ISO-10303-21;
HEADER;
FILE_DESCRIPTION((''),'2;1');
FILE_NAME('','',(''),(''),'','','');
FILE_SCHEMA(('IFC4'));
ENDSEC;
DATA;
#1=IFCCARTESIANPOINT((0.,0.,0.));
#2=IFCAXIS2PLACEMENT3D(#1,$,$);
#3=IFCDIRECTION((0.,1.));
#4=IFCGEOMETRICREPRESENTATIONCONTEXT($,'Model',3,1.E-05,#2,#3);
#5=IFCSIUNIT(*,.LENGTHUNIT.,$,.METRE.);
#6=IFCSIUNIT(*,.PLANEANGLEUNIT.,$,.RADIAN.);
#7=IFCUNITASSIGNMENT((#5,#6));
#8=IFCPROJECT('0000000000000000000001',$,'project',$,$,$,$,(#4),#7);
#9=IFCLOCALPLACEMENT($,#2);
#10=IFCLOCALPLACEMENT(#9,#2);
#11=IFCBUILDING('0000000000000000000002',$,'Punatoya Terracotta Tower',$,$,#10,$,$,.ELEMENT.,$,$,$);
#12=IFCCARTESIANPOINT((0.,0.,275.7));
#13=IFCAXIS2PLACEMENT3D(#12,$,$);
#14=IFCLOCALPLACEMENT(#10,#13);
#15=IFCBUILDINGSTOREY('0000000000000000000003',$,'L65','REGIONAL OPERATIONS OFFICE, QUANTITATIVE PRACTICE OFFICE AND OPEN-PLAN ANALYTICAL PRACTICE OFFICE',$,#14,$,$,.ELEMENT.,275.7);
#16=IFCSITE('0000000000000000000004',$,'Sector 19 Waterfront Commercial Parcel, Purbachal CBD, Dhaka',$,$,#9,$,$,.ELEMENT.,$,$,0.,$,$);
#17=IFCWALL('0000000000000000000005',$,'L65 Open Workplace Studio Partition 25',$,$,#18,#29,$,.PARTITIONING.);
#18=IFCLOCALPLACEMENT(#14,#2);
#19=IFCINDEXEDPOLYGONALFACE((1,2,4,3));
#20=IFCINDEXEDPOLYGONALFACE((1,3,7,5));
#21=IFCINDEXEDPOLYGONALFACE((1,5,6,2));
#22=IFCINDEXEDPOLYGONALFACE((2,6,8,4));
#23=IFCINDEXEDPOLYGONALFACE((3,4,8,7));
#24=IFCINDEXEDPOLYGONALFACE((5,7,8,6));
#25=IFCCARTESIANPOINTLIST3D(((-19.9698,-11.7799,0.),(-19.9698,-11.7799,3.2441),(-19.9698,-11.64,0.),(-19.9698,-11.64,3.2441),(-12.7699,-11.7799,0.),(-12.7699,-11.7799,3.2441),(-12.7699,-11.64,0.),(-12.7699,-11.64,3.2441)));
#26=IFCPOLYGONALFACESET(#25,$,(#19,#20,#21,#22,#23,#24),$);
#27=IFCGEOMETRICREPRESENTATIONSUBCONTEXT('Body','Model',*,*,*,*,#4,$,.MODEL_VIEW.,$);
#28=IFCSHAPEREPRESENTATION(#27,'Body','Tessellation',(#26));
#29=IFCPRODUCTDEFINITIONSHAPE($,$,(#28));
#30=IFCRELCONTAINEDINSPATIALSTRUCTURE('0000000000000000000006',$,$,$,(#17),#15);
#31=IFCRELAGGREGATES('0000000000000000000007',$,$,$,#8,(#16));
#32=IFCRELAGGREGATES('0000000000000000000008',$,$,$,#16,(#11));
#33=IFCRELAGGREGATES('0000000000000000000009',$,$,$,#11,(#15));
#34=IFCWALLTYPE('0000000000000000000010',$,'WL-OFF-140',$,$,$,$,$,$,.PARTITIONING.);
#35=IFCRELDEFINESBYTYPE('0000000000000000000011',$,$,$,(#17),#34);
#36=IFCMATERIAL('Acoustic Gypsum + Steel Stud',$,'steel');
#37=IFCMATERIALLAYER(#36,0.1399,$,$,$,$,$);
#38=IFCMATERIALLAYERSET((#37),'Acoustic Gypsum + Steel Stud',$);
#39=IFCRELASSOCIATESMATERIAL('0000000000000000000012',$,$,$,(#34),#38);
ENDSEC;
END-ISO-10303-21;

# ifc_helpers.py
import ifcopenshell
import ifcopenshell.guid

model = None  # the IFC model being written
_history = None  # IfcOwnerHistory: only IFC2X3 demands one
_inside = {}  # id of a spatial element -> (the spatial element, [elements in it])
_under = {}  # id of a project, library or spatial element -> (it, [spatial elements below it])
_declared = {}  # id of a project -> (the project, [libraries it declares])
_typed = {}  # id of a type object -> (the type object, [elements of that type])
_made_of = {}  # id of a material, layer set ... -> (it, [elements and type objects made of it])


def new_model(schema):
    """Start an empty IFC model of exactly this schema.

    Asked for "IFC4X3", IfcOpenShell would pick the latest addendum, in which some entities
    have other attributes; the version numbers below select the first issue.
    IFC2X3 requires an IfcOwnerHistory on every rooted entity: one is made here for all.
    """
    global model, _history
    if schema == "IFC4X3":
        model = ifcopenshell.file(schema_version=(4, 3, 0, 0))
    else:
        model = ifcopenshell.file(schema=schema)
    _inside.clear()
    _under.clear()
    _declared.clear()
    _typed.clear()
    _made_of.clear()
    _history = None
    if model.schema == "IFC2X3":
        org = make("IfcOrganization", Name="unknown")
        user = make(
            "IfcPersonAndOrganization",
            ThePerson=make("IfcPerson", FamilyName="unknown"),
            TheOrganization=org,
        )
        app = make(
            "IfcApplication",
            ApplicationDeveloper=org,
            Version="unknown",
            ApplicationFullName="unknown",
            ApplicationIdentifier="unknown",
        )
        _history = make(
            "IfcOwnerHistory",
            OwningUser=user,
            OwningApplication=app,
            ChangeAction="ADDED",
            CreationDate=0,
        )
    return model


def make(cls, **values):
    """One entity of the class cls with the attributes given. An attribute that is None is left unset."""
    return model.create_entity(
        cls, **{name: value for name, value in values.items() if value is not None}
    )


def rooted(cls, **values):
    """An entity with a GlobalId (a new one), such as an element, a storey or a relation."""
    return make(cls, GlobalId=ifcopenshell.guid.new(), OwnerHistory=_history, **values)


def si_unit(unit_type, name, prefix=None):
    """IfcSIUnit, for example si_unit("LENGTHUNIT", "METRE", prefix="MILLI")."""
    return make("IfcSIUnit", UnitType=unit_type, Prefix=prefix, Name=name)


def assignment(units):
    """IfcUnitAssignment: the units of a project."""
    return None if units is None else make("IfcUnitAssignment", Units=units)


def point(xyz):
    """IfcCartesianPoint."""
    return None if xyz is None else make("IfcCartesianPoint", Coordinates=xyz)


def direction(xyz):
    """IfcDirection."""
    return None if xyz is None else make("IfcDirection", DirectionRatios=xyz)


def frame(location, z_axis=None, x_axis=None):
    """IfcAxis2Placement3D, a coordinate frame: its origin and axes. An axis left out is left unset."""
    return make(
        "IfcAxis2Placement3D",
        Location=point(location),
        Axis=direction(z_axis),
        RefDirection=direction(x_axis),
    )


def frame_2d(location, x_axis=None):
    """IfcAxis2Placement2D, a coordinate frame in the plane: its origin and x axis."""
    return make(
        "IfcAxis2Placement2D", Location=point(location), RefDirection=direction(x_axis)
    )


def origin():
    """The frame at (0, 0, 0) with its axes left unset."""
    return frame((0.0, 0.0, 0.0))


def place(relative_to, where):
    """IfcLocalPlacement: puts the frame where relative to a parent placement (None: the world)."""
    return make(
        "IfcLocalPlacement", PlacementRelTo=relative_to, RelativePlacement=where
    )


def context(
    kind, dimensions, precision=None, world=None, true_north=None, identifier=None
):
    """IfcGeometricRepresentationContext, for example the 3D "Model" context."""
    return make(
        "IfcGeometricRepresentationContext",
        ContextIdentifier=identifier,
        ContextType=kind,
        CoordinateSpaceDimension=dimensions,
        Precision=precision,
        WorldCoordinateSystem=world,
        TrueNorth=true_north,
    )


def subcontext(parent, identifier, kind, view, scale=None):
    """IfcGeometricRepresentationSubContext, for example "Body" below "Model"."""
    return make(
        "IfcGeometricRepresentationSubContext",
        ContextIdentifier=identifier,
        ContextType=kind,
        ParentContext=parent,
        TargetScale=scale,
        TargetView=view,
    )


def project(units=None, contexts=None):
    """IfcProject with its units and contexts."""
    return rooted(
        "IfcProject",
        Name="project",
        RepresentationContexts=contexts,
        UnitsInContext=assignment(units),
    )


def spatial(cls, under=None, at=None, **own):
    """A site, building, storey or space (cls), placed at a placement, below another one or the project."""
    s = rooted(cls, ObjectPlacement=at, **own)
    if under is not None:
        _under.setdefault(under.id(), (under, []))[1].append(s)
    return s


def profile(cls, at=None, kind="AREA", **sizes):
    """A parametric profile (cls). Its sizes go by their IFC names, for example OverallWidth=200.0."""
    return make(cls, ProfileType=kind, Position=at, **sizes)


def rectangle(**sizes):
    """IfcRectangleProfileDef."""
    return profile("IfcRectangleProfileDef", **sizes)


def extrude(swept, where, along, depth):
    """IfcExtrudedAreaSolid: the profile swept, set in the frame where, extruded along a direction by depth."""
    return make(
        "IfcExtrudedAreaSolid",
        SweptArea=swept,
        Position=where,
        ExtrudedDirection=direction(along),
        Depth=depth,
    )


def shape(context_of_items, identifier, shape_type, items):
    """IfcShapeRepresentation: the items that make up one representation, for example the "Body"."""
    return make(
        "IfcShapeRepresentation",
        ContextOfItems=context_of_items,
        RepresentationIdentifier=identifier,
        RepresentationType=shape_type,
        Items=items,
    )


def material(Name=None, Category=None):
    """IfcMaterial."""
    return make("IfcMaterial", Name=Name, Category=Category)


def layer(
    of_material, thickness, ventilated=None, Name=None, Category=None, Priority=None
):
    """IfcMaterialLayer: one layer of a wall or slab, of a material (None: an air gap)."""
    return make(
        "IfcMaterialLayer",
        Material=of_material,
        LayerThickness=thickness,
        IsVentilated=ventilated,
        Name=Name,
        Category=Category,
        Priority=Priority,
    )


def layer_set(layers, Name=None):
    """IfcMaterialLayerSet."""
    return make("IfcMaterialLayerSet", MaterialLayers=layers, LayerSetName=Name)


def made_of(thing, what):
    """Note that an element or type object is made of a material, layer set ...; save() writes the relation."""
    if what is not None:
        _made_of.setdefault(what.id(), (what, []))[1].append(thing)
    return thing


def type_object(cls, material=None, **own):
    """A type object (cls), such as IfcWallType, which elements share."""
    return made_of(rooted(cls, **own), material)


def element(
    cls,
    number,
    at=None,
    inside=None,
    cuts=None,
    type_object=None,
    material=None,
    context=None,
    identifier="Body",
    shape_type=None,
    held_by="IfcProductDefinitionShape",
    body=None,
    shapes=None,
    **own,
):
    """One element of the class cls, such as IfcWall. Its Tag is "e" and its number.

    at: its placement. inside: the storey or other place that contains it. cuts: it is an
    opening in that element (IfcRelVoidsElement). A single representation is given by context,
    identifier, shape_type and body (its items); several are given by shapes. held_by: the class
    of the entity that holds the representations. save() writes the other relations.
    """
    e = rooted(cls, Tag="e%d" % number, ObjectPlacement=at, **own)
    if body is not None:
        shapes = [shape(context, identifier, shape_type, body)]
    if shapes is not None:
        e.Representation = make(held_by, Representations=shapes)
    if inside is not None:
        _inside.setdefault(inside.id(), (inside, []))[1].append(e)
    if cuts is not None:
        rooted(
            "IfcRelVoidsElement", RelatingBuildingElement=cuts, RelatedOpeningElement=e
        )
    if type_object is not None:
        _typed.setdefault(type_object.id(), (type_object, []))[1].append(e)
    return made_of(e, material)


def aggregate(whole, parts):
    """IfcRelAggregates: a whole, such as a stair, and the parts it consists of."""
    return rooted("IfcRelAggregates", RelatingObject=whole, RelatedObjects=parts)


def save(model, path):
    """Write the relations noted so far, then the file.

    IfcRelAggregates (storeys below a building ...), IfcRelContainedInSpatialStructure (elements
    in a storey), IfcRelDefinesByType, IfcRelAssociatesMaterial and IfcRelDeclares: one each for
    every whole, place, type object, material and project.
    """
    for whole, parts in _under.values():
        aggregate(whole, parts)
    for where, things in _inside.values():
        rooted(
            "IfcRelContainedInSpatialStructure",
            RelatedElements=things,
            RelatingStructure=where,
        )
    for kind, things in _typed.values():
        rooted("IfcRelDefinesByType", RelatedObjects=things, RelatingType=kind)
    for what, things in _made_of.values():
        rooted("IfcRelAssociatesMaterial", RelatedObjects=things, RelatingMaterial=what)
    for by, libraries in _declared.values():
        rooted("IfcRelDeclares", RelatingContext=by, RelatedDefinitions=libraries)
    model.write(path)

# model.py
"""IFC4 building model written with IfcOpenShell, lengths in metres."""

from ifc_helpers import new_model, si_unit, direction, frame, frame_2d, origin, place, context, subcontext, project, spatial, rectangle, extrude, material, layer, layer_set, type_object, element, save


model = new_model("IFC4")

# Units and contexts
model_context = context("Model", 3, precision=1e-05, world=origin(), true_north=direction((0.0, 1.0)))
body_context = subcontext(model_context, "Body", "Model", "MODEL_VIEW")
ifc_project = project(units=[si_unit("LENGTHUNIT", "METRE"), si_unit("PLANEANGLEUNIT", "RADIAN")], contexts=[model_context])

# Site, building, storey
site_placement = place(None, origin())
site = spatial("IfcSite", under=ifc_project, at=site_placement, Name="Sector 19 Waterfront Commercial Parcel, Purbachal CBD, Dhaka", CompositionType="ELEMENT", RefElevation=0.0)
building_placement = place(site_placement, origin())
building = spatial("IfcBuilding", under=site, at=building_placement, Name="Punatoya Terracotta Tower", CompositionType="ELEMENT")
storey_placement = place(building_placement, frame((0.0, 0.0, 275.7)))
storey = spatial("IfcBuildingStorey", under=building, at=storey_placement, Name="L65", Description="REGIONAL OPERATIONS OFFICE, QUANTITATIVE PRACTICE OFFICE AND OPEN-PLAN ANALYTICAL PRACTICE OFFICE", CompositionType="ELEMENT", Elevation=275.7)

# Wall
ifc_material_1 = material(Name="Acoustic Gypsum + Steel Stud", Category="steel")
ifc_layer_1 = layer(ifc_material_1, 0.1399)
ifc_layer_set_1 = layer_set([ifc_layer_1], Name="Acoustic Gypsum + Steel Stud")
wall_type_1 = type_object("IfcWallType", Name="WL-OFF-140", PredefinedType="PARTITIONING", material=ifc_layer_set_1)
wall_1_placement = place(storey_placement, frame((-19.97, -11.71, 0.0), z_axis=(0.0, 0.0, 1.0), x_axis=(1.0, 0.0, 0.0)))
element("IfcWall", 1, at=wall_1_placement, inside=storey, type_object=wall_type_1, Name="L65 Open Workplace Studio Partition 25", PredefinedType="PARTITIONING", context=body_context, shape_type="SweptSolid", body=[
    extrude(rectangle(XDim=7.2, YDim=0.1399, at=frame_2d((3.6001, 0.0))), origin(), (0.0, 0.0, 1.0), 3.2441),
])

save(model, "model.ifc")
